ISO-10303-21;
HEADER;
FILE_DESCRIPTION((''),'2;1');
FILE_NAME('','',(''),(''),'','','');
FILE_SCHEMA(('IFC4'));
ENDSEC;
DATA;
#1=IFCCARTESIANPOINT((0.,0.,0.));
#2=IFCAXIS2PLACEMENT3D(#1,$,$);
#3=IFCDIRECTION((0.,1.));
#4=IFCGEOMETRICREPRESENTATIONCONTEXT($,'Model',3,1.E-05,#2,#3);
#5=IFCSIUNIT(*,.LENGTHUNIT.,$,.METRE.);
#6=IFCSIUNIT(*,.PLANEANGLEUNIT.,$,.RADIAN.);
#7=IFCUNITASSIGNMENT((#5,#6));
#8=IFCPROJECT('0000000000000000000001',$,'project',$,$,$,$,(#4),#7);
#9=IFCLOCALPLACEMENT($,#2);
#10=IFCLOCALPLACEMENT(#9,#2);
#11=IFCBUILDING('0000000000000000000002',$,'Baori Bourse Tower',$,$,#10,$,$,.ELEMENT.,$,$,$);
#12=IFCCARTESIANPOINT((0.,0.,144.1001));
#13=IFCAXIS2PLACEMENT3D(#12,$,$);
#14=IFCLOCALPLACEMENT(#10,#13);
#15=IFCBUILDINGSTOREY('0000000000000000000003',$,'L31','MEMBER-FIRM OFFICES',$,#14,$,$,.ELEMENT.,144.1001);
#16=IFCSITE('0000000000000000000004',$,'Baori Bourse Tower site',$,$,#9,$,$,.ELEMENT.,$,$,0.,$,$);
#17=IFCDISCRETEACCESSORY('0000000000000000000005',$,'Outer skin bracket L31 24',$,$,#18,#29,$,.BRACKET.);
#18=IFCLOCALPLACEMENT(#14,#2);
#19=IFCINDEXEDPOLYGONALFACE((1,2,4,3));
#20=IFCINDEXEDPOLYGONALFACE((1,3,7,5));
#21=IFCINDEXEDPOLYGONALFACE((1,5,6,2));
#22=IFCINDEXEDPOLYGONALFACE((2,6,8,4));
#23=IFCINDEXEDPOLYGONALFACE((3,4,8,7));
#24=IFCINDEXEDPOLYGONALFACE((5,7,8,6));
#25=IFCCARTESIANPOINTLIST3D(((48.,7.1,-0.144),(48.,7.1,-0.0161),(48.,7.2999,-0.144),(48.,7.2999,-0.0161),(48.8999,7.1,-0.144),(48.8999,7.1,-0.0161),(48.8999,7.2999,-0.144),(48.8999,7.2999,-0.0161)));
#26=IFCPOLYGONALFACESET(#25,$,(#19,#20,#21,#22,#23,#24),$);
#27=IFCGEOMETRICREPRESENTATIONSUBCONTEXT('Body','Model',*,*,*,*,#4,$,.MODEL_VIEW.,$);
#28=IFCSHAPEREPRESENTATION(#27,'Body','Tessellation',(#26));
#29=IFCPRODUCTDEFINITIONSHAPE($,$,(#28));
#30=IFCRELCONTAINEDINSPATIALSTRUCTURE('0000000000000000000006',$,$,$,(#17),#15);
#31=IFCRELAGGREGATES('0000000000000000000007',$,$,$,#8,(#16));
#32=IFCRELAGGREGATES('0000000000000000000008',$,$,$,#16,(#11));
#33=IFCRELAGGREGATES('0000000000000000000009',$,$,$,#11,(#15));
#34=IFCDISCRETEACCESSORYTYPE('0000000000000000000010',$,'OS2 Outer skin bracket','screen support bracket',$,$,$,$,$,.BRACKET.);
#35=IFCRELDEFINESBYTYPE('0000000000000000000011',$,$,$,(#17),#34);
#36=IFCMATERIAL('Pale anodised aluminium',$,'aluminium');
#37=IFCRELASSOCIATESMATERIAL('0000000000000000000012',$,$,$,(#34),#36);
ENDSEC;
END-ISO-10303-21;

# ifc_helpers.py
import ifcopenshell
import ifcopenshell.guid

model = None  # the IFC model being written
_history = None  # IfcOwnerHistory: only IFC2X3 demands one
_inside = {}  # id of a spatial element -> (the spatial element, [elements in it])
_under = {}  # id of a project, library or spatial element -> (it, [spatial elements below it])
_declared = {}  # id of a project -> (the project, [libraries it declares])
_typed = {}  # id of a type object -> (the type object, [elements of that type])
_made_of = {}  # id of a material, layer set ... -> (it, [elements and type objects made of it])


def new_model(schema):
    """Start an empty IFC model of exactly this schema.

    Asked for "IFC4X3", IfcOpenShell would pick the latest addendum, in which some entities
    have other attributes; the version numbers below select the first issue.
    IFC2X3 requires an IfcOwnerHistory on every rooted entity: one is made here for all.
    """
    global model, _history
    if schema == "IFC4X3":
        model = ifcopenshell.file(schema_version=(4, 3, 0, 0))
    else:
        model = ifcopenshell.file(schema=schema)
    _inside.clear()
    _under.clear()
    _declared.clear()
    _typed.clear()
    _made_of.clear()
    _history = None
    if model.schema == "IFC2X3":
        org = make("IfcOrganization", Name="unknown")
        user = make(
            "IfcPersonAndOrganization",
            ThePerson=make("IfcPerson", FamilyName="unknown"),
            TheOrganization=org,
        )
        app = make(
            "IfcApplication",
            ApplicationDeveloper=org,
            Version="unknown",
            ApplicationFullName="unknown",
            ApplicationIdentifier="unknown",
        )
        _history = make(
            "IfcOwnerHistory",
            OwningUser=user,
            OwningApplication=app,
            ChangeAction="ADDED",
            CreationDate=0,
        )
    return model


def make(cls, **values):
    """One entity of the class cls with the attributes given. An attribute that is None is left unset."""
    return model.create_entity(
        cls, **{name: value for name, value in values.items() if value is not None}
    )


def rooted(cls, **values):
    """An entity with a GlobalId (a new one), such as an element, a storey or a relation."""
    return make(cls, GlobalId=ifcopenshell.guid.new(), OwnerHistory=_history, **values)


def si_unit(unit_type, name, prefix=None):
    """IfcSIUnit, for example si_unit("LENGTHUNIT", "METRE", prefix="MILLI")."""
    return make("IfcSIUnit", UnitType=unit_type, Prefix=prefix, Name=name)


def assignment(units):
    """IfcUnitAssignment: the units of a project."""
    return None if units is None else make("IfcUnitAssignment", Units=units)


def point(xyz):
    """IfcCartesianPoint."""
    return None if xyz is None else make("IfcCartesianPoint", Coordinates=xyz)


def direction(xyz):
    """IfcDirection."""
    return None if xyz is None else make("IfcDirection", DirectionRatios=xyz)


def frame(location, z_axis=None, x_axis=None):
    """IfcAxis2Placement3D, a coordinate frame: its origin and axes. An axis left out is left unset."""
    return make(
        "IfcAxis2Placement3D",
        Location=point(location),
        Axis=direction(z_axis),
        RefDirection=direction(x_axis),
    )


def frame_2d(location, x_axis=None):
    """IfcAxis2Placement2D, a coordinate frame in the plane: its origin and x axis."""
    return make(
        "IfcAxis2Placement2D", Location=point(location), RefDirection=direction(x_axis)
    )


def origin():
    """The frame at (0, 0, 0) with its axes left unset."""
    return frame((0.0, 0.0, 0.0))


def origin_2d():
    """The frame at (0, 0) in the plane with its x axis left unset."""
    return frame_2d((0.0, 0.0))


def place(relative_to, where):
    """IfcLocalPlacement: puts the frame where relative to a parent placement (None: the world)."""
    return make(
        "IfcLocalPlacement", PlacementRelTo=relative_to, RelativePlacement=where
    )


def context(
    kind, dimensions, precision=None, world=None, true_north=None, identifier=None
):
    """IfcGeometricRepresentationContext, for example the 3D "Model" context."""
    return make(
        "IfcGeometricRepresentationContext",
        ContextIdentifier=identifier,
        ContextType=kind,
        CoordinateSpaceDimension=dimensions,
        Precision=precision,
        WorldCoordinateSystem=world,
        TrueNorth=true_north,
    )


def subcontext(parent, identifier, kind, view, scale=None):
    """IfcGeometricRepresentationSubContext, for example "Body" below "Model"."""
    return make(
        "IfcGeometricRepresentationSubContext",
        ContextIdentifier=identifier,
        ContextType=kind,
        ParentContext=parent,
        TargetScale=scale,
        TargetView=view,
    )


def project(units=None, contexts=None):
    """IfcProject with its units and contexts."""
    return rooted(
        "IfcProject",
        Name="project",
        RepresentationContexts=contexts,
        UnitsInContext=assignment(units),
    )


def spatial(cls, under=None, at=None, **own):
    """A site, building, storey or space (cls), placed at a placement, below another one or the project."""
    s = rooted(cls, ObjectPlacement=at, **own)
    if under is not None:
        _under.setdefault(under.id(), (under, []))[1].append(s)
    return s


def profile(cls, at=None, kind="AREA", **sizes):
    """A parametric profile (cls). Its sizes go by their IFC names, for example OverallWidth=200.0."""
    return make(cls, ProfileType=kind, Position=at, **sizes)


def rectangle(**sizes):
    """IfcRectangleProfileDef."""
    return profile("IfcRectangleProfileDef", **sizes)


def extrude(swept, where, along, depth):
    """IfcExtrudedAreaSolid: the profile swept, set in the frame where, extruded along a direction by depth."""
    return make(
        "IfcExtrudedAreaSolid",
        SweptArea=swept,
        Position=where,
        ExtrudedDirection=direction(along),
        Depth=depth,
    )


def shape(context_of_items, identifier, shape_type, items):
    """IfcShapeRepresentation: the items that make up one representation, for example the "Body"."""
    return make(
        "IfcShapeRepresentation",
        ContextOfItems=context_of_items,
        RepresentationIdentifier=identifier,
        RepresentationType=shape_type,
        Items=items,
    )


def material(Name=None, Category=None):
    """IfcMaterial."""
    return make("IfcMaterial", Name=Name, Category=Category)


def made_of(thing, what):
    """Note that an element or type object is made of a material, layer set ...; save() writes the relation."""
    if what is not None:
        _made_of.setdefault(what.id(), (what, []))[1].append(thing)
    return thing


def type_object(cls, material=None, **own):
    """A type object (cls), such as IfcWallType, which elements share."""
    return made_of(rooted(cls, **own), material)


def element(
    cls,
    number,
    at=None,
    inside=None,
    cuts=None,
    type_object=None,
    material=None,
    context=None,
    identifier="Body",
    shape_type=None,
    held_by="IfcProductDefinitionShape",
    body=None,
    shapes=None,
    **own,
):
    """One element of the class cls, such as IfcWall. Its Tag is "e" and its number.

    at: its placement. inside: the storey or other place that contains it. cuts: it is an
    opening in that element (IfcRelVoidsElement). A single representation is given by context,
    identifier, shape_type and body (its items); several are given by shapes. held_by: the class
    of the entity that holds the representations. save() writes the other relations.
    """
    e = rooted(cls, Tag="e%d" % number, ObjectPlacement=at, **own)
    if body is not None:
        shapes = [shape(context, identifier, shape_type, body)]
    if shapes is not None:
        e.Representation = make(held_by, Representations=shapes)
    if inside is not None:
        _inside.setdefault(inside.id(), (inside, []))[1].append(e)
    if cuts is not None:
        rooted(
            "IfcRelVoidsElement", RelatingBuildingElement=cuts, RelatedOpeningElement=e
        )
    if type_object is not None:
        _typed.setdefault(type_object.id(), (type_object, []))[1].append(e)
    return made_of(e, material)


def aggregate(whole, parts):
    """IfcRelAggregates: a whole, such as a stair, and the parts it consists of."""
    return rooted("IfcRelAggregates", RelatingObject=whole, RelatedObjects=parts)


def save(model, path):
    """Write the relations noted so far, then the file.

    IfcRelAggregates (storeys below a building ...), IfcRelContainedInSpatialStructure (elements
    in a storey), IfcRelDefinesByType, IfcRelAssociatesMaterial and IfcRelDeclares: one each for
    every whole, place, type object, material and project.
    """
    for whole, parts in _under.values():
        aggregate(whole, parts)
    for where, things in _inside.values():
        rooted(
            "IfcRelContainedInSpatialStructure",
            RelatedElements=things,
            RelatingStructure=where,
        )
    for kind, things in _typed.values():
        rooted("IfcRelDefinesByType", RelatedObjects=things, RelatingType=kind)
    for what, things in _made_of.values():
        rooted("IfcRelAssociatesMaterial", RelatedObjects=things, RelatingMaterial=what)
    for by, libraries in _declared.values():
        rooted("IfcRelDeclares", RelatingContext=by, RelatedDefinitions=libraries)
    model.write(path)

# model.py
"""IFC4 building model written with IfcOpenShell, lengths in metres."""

from ifc_helpers import new_model, si_unit, direction, frame, origin, origin_2d, place, context, subcontext, project, spatial, rectangle, extrude, material, type_object, element, save


model = new_model("IFC4")

# Units and contexts
model_context = context("Model", 3, precision=1e-05, world=origin(), true_north=direction((0.0, 1.0)))
body_context = subcontext(model_context, "Body", "Model", "MODEL_VIEW")
ifc_project = project(units=[si_unit("LENGTHUNIT", "METRE"), si_unit("PLANEANGLEUNIT", "RADIAN")], contexts=[model_context])

# Site, building, storey
site_placement = place(None, origin())
site = spatial("IfcSite", under=ifc_project, at=site_placement, Name="Baori Bourse Tower site", CompositionType="ELEMENT", RefElevation=0.0)
building_placement = place(site_placement, origin())
building = spatial("IfcBuilding", under=site, at=building_placement, Name="Baori Bourse Tower", CompositionType="ELEMENT")
storey_placement = place(building_placement, frame((0.0, 0.0, 144.1001)))
storey = spatial("IfcBuildingStorey", under=building, at=storey_placement, Name="L31", Description="MEMBER-FIRM OFFICES", CompositionType="ELEMENT", Elevation=144.1001)

# Discrete accessory
ifc_material_1 = material(Name="Pale anodised aluminium", Category="aluminium")
discrete_accessory_type = type_object("IfcDiscreteAccessoryType", Name="OS2 Outer skin bracket", Description="screen support bracket", PredefinedType="BRACKET", material=ifc_material_1)
for number, where, z_axis, x_axis, name in (
    (1, (48.45, 7.2, -0.144), (0.0, 0.0, 1.0), (0.0, 1.0, 0.0), "Outer skin bracket L31 24"),
):
    element("IfcDiscreteAccessory", number, at=place(storey_placement, frame(where, z_axis=z_axis, x_axis=x_axis)), inside=storey, type_object=discrete_accessory_type, Name=name, PredefinedType="BRACKET", context=body_context, shape_type="SweptSolid", body=[
        extrude(rectangle(XDim=0.2, YDim=0.8999, at=origin_2d()), origin(), (0.0, 0.0, 1.0), 0.1279),
    ])

save(model, "model.ifc")
